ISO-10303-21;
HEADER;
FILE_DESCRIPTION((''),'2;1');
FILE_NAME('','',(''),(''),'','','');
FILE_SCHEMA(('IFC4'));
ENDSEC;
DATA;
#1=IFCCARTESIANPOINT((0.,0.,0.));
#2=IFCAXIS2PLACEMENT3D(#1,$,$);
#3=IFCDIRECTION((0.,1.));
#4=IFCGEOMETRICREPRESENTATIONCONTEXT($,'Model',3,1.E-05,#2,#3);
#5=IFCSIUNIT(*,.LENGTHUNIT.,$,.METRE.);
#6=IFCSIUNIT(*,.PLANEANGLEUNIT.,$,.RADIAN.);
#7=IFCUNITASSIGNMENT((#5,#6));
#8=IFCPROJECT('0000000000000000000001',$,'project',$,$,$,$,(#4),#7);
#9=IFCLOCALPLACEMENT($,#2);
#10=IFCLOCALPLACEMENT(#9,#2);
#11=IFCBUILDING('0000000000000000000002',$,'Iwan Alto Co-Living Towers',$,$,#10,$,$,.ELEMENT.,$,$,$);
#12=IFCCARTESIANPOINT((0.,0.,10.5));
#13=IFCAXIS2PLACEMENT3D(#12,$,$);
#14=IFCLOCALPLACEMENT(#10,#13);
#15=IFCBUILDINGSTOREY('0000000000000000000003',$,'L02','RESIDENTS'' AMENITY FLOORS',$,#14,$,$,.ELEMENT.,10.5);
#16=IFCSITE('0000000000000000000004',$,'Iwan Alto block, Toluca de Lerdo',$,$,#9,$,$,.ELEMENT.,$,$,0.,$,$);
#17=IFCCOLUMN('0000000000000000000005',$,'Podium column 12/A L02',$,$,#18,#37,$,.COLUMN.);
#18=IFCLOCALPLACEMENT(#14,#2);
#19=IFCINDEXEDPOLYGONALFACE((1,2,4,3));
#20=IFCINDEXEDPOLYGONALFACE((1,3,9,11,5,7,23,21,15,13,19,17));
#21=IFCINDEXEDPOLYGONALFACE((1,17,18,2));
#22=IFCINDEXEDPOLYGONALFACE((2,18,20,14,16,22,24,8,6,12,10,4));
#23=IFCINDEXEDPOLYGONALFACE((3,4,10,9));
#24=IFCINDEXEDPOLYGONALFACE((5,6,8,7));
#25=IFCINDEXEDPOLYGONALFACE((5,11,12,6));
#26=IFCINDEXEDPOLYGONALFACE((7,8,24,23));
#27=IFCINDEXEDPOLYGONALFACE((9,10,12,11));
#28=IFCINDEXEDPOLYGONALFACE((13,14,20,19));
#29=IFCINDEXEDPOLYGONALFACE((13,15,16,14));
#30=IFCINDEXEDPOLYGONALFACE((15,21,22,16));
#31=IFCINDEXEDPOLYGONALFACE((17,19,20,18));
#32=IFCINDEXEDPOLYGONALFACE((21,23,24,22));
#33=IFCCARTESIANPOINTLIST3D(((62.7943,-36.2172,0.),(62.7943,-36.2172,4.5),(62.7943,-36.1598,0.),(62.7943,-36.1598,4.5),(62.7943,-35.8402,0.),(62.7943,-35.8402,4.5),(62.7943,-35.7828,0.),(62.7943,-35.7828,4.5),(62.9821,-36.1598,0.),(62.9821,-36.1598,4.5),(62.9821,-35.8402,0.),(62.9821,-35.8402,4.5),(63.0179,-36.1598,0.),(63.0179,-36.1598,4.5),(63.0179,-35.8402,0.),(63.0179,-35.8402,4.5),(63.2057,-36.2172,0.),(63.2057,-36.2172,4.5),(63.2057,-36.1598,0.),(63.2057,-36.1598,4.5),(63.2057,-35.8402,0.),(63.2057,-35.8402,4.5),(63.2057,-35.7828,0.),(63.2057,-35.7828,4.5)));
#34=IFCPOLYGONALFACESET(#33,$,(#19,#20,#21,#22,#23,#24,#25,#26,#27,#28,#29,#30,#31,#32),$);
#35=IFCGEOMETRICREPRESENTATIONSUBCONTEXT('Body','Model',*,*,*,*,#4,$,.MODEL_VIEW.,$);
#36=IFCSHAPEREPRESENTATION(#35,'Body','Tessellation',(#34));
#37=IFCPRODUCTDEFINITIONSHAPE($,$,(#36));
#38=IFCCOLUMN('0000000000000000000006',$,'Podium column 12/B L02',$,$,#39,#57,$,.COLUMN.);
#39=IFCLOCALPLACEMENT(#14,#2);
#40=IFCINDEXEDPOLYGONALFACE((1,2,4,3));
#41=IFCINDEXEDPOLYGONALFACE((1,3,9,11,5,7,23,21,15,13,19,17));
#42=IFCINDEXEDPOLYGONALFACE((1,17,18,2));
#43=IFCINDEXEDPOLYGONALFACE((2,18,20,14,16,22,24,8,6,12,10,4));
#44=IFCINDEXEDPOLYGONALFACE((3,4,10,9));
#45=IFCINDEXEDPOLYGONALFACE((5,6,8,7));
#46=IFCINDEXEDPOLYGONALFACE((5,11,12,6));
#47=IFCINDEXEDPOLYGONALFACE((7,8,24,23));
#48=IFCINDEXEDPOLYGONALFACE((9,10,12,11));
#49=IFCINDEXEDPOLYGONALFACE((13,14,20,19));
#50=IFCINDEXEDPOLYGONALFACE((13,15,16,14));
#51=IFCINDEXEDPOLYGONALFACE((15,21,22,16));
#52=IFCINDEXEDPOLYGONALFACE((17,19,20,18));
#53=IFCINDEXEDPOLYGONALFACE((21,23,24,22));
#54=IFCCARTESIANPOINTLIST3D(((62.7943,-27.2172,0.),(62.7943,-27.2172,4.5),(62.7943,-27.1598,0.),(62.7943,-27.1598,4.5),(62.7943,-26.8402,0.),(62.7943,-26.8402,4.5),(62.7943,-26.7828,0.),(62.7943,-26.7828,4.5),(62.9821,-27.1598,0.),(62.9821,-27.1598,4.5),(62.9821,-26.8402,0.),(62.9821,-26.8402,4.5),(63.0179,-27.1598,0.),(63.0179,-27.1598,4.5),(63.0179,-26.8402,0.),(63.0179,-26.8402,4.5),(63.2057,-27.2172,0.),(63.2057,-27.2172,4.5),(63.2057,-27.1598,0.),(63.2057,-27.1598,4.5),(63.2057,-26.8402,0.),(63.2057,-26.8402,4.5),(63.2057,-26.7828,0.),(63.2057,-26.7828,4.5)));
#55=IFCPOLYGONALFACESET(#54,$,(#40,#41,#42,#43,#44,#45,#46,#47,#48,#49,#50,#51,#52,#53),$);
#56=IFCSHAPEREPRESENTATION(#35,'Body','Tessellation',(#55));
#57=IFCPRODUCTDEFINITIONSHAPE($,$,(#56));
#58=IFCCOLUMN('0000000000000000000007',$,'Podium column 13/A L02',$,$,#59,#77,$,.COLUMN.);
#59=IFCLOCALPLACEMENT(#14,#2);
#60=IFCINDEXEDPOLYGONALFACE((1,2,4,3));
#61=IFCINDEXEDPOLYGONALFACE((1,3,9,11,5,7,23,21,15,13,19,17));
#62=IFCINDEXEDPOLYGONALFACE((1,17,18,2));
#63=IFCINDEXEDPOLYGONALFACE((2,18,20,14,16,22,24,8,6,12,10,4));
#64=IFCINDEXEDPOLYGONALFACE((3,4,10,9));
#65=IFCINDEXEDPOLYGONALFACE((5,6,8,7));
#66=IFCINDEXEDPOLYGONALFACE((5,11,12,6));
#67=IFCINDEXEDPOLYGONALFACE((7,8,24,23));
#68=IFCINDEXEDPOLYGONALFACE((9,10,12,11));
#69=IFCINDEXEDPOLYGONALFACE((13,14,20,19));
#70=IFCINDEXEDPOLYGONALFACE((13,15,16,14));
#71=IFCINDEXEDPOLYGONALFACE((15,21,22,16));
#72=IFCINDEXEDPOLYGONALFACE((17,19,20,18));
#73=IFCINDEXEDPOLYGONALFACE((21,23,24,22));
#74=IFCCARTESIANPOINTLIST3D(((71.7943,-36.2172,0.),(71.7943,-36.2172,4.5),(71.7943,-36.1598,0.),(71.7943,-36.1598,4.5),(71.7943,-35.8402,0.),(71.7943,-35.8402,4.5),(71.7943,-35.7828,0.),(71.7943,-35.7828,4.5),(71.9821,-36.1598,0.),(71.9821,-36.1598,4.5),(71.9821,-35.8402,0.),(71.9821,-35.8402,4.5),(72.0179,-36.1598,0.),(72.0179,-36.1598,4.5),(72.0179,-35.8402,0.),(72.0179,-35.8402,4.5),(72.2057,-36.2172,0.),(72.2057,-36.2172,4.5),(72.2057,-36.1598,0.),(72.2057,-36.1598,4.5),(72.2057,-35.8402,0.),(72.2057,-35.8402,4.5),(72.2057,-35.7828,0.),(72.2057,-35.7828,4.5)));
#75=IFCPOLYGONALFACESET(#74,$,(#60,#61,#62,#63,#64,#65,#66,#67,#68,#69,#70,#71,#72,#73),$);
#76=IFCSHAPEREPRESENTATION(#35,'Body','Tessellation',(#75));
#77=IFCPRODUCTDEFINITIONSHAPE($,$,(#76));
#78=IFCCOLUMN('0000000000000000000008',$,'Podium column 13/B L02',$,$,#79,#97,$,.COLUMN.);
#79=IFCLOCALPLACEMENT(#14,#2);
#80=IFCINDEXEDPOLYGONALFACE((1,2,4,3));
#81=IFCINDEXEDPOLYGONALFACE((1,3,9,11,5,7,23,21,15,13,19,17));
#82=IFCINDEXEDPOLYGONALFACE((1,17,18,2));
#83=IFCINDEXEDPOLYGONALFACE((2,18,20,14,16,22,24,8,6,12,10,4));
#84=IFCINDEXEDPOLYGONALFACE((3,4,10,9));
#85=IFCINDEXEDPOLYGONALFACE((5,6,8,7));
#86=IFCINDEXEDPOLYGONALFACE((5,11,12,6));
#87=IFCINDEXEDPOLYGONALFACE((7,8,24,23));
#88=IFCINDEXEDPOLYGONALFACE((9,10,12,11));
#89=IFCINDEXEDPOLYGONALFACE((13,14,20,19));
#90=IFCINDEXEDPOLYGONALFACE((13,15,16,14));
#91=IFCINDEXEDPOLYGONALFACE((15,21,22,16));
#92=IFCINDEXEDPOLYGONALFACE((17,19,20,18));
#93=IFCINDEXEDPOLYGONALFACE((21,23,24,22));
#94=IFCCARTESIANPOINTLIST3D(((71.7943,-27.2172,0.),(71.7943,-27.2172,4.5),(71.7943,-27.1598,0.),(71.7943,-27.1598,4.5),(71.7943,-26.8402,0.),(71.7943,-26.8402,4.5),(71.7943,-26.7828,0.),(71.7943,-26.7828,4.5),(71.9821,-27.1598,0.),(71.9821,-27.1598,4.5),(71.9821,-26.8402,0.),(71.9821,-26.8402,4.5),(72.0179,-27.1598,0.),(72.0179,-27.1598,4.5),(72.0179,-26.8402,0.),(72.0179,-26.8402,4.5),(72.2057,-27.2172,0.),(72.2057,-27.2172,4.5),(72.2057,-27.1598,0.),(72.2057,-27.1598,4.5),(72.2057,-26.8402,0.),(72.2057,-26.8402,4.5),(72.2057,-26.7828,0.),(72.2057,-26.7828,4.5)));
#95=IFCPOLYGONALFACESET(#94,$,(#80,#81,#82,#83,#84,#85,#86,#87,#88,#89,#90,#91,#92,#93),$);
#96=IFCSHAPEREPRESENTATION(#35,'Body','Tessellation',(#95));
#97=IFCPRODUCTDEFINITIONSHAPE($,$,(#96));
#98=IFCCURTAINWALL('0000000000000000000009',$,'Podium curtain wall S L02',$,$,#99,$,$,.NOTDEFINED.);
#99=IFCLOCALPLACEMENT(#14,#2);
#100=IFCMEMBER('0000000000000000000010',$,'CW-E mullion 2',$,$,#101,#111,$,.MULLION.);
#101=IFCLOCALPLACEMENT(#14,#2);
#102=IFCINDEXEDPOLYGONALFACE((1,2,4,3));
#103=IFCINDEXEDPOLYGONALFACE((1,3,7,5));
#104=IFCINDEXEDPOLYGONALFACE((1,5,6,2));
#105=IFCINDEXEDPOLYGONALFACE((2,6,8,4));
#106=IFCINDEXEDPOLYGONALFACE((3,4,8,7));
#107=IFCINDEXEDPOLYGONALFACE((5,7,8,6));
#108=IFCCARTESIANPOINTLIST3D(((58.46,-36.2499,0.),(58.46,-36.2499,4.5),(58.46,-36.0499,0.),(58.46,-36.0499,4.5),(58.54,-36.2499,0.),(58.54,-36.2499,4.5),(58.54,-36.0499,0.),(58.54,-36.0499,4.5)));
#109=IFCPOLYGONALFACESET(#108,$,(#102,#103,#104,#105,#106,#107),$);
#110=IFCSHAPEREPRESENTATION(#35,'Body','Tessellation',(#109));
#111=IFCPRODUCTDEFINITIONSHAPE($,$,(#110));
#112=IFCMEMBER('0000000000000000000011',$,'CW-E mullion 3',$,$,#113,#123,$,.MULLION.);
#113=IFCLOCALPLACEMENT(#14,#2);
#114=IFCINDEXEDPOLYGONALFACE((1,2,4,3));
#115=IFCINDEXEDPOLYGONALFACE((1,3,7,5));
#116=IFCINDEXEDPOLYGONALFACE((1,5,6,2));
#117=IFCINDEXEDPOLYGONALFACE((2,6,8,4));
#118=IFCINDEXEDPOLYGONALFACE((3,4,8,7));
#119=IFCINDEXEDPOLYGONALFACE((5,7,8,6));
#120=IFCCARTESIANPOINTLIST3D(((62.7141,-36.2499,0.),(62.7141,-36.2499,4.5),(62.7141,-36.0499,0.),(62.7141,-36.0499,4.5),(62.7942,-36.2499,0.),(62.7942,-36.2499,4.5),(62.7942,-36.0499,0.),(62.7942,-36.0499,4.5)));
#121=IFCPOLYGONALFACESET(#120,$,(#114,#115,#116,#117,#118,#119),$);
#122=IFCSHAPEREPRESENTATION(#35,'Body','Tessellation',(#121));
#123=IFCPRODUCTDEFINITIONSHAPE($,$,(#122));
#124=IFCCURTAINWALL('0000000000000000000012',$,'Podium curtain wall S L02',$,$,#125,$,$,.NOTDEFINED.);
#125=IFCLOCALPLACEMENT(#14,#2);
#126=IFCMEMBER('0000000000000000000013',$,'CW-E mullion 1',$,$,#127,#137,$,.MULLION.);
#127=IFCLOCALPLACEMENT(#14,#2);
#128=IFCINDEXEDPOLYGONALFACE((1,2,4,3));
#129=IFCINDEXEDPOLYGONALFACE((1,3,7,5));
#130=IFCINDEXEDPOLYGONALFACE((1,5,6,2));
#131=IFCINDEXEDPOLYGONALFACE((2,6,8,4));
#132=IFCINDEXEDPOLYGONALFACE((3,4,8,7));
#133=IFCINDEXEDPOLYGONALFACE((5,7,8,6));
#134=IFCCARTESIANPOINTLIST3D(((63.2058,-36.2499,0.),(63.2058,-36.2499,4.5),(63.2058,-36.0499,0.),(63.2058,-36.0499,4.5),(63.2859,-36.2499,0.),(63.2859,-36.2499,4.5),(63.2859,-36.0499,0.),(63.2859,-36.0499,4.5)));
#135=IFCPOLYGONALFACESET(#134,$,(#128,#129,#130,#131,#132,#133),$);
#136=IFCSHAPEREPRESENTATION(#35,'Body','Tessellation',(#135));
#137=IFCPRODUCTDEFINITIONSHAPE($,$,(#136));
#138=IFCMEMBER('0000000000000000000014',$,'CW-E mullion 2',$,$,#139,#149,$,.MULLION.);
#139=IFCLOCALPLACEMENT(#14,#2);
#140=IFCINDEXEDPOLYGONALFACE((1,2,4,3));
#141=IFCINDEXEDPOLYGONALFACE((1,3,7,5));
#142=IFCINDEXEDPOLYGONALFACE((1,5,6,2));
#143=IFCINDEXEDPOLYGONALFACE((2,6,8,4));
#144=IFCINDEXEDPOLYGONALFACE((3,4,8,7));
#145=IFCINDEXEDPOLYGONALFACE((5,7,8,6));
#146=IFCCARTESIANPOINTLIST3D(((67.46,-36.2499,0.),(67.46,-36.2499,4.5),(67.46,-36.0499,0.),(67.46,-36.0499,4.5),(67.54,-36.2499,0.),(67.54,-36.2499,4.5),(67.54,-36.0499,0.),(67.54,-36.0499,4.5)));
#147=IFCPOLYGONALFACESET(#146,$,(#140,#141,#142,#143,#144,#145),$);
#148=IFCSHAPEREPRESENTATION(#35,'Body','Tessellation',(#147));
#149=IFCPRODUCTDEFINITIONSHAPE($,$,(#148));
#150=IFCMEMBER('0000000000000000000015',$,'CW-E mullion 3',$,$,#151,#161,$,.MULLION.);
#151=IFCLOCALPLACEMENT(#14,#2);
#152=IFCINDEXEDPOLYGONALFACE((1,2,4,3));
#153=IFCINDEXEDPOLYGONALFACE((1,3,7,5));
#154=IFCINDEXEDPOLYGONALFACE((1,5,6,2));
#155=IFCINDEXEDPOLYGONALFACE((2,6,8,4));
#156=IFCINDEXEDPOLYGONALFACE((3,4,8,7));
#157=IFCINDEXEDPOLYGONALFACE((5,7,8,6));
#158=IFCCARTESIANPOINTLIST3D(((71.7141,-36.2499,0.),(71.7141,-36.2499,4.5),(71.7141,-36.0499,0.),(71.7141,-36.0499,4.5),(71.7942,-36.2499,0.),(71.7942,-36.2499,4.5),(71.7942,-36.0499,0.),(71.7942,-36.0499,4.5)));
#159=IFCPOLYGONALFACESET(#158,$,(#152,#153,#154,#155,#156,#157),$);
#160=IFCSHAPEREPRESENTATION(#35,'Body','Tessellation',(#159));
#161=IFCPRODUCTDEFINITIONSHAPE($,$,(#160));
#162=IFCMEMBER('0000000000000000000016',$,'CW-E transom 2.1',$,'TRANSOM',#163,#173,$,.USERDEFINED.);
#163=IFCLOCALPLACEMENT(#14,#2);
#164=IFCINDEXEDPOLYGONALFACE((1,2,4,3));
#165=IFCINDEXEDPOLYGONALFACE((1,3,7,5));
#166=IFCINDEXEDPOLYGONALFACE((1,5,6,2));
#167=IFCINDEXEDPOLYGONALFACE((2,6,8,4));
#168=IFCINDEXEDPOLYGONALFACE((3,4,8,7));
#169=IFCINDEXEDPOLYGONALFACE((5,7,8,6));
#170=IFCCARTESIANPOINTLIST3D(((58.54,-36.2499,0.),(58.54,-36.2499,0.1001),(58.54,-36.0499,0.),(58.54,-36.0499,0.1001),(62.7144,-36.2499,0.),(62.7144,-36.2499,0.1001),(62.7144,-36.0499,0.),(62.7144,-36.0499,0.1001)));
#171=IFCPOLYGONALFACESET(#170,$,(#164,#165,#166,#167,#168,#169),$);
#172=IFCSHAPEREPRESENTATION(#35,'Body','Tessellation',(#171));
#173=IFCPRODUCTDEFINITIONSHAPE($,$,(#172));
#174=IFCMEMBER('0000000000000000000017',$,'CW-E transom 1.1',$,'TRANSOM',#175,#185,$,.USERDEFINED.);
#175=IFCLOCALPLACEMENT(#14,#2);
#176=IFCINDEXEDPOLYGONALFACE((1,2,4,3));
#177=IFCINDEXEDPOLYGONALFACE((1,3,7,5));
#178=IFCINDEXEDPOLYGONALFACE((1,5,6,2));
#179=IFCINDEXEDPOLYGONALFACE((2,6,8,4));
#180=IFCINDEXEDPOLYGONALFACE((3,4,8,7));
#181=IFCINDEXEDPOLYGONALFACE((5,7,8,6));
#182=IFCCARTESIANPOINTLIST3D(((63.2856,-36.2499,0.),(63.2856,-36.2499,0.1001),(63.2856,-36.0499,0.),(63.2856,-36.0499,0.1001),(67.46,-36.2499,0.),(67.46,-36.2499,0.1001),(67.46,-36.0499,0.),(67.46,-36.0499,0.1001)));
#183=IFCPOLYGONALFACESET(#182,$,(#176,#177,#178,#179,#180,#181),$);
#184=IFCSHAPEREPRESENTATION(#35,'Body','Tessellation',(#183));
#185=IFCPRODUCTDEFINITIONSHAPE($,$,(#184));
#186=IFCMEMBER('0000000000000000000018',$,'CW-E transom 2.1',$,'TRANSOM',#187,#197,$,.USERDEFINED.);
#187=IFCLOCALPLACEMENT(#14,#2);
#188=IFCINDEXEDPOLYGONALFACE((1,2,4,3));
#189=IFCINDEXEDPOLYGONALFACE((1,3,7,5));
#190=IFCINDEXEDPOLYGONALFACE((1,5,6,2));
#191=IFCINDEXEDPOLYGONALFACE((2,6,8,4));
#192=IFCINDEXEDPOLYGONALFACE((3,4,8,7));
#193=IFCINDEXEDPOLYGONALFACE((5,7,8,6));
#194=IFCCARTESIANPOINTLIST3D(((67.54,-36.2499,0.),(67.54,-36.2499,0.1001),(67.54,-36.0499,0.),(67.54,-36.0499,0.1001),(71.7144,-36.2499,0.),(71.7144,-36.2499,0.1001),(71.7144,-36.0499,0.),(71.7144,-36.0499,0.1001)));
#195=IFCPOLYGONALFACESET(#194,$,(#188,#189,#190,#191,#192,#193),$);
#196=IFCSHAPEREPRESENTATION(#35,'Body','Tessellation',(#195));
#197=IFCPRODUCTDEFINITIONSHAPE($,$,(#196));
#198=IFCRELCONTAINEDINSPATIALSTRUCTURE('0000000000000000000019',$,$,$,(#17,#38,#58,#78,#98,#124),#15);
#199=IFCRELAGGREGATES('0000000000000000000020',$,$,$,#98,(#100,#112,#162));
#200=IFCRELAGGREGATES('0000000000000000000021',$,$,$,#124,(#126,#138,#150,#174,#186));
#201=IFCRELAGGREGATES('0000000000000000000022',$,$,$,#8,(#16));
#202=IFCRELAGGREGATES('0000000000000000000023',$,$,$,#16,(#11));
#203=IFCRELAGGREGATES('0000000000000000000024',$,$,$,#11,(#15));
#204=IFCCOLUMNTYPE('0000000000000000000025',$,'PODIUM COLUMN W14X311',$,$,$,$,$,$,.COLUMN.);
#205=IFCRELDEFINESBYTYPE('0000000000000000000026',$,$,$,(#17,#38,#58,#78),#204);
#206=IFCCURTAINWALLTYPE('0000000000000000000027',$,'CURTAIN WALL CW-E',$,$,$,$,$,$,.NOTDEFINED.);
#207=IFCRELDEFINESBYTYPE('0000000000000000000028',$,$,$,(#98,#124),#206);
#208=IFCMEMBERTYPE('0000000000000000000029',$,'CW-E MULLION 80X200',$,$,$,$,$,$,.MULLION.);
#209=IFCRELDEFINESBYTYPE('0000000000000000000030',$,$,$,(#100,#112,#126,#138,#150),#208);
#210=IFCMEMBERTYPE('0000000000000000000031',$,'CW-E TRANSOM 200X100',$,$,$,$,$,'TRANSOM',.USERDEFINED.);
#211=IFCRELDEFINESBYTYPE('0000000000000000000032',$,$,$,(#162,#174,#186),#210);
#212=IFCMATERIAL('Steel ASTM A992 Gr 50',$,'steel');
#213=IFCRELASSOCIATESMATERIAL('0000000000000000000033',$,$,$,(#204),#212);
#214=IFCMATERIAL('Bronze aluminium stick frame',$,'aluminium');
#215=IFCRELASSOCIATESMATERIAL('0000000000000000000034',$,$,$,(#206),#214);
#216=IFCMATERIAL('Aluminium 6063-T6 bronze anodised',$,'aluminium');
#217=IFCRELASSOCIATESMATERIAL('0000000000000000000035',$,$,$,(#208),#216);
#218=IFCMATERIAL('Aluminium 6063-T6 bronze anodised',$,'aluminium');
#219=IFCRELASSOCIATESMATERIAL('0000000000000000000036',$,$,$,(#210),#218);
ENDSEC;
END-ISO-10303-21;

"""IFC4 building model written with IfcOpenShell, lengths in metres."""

from ifc_helpers import new_model, si_unit, direction, frame, origin, origin_2d, place, context, subcontext, project, spatial, rectangle, i_section, extrude, material, material_profile, profile_set, type_object, element, aggregate, save


model = new_model("IFC4")

# Units and contexts
model_context = context("Model", 3, precision=1e-05, world=origin(), true_north=direction((0.0, 1.0)))
body_context = subcontext(model_context, "Body", "Model", "MODEL_VIEW")
ifc_project = project(units=[si_unit("LENGTHUNIT", "METRE"), si_unit("PLANEANGLEUNIT", "RADIAN")], contexts=[model_context])

# Site, building, storey
site_placement = place(None, origin())
site = spatial("IfcSite", under=ifc_project, at=site_placement, Name="Iwan Alto block, Toluca de Lerdo", CompositionType="ELEMENT", RefElevation=0.0)
building_placement = place(site_placement, origin())
building = spatial("IfcBuilding", under=site, at=building_placement, Name="Iwan Alto Co-Living Towers", CompositionType="ELEMENT")
storey_placement = place(building_placement, frame((0.0, 0.0, 10.5)))
storey = spatial("IfcBuildingStorey", under=building, at=storey_placement, Name="L02", Description="RESIDENTS' AMENITY FLOORS", CompositionType="ELEMENT", Elevation=10.5)

# Columns
ifc_material_1 = material(Name="Steel ASTM A992 Gr 50", Category="steel")
ifc_material_profile_1 = material_profile(ifc_material_1, i_section(OverallWidth=0.4114, OverallDepth=0.4343, WebThickness=0.0359, FlangeThickness=0.0574, at=origin_2d()), Name="W14X311")
ifc_profile_set_1 = profile_set([ifc_material_profile_1], Name="Steel ASTM A992 Gr 50")
column_type = type_object("IfcColumnType", Name="PODIUM COLUMN W14X311", PredefinedType="COLUMN", material=ifc_profile_set_1)
for number, where, z_axis, x_axis, name in (
    (1, (63.0, -36.0, 0.0), (0.0, 0.0, 1.0), (1.0, 0.0, 0.0), "Podium column 12/A L02"),
    (2, (63.0, -27.0, 0.0), (0.0, 0.0, 1.0), (1.0, 0.0, 0.0), "Podium column 12/B L02"),
    (3, (72.0, -36.0, 0.0), (0.0, 0.0, 1.0), (1.0, 0.0, 0.0), "Podium column 13/A L02"),
    (4, (72.0, -27.0, 0.0), (0.0, 0.0, 1.0), (1.0, 0.0, 0.0), "Podium column 13/B L02"),
):
    element("IfcColumn", number, at=place(storey_placement, frame(where, z_axis=z_axis, x_axis=x_axis)), inside=storey, type_object=column_type, Name=name, PredefinedType="COLUMN", context=body_context, shape_type="SweptSolid", body=[
        extrude(i_section(OverallWidth=0.4114, OverallDepth=0.4343, WebThickness=0.0359, FlangeThickness=0.0574, at=origin_2d()), origin(), (0.0, 0.0, 1.0), 4.5),
    ])

# Curtain walls, members
ifc_material_2 = material(Name="Bronze aluminium stick frame", Category="aluminium")
curtain_wall_type = type_object("IfcCurtainWallType", Name="CURTAIN WALL CW-E", PredefinedType="NOTDEFINED", material=ifc_material_2)
curtain_wall_1_placement = place(storey_placement, origin())
curtain_wall_1 = element("IfcCurtainWall", 5, at=curtain_wall_1_placement, inside=storey, type_object=curtain_wall_type, Name="Podium curtain wall S L02", PredefinedType="NOTDEFINED")
ifc_material_3 = material(Name="Aluminium 6063-T6 bronze anodised", Category="aluminium")
ifc_material_profile_2 = material_profile(ifc_material_3, rectangle(XDim=0.2, YDim=0.0801, at=origin_2d()), Name="AL 80X200")
ifc_profile_set_2 = profile_set([ifc_material_profile_2], Name="Aluminium 6063-T6 bronze anodised")
member_type_1 = type_object("IfcMemberType", Name="CW-E MULLION 80X200", PredefinedType="MULLION", material=ifc_profile_set_2)
member_1_placement = place(storey_placement, frame((58.5, -36.1499, 0.0), z_axis=(0.0, 0.0, 1.0), x_axis=(0.0, 1.0, 0.0)))
member_1 = element("IfcMember", 6, at=member_1_placement, type_object=member_type_1, Name="CW-E mullion 2", PredefinedType="MULLION", context=body_context, shape_type="SweptSolid", body=[
    extrude(rectangle(XDim=0.2, YDim=0.0801, at=origin_2d()), origin(), (0.0, 0.0, 1.0), 4.5),
])
member_2_placement = place(storey_placement, frame((62.7542, -36.1499, 0.0), z_axis=(0.0, 0.0, 1.0), x_axis=(0.0, 1.0, 0.0)))
member_2 = element("IfcMember", 7, at=member_2_placement, type_object=member_type_1, Name="CW-E mullion 3", PredefinedType="MULLION", context=body_context, shape_type="SweptSolid", body=[
    extrude(rectangle(XDim=0.2, YDim=0.0801, at=origin_2d()), origin(), (0.0, 0.0, 1.0), 4.5),
])
curtain_wall_2_placement = place(storey_placement, origin())
curtain_wall_2 = element("IfcCurtainWall", 8, at=curtain_wall_2_placement, inside=storey, type_object=curtain_wall_type, Name="Podium curtain wall S L02", PredefinedType="NOTDEFINED")
member_3_placement = place(storey_placement, frame((63.2458, -36.1499, 0.0), z_axis=(0.0, 0.0, 1.0), x_axis=(0.0, 1.0, 0.0)))
member_3 = element("IfcMember", 9, at=member_3_placement, type_object=member_type_1, Name="CW-E mullion 1", PredefinedType="MULLION", context=body_context, shape_type="SweptSolid", body=[
    extrude(rectangle(XDim=0.2, YDim=0.0801, at=origin_2d()), origin(), (0.0, 0.0, 1.0), 4.5),
])
member_4_placement = place(storey_placement, frame((67.5, -36.1499, 0.0), z_axis=(0.0, 0.0, 1.0), x_axis=(0.0, 1.0, 0.0)))
member_4 = element("IfcMember", 10, at=member_4_placement, type_object=member_type_1, Name="CW-E mullion 2", PredefinedType="MULLION", context=body_context, shape_type="SweptSolid", body=[
    extrude(rectangle(XDim=0.2, YDim=0.0801, at=origin_2d()), origin(), (0.0, 0.0, 1.0), 4.5),
])
member_5_placement = place(storey_placement, frame((71.7542, -36.1499, 0.0), z_axis=(0.0, 0.0, 1.0), x_axis=(0.0, 1.0, 0.0)))
member_5 = element("IfcMember", 11, at=member_5_placement, type_object=member_type_1, Name="CW-E mullion 3", PredefinedType="MULLION", context=body_context, shape_type="SweptSolid", body=[
    extrude(rectangle(XDim=0.2, YDim=0.0801, at=origin_2d()), origin(), (0.0, 0.0, 1.0), 4.5),
])

# Members
ifc_material_4 = material(Name="Aluminium 6063-T6 bronze anodised", Category="aluminium")
ifc_material_profile_3 = material_profile(ifc_material_4, rectangle(XDim=0.2, YDim=0.1001, at=origin_2d()), Name="AL 200X100")
ifc_profile_set_3 = profile_set([ifc_material_profile_3], Name="Aluminium 6063-T6 bronze anodised")
member_type_2 = type_object("IfcMemberType", Name="CW-E TRANSOM 200X100", ElementType="TRANSOM", PredefinedType="USERDEFINED", material=ifc_profile_set_3)
member_6_placement = place(storey_placement, frame((58.54, -36.1499, 0.05), z_axis=(1.0, 0.0, 0.0), x_axis=(0.0, 1.0, 0.0)))
member_6 = element("IfcMember", 12, at=member_6_placement, type_object=member_type_2, Name="CW-E transom 2.1", ObjectType="TRANSOM", PredefinedType="USERDEFINED", context=body_context, shape_type="SweptSolid", body=[
    extrude(rectangle(XDim=0.2, YDim=0.1001, at=origin_2d()), origin(), (0.0, 0.0, 1.0), 4.1743),
])
member_7_placement = place(storey_placement, frame((63.2856, -36.1499, 0.05), z_axis=(1.0, 0.0, 0.0), x_axis=(0.0, 1.0, 0.0)))
member_7 = element("IfcMember", 13, at=member_7_placement, type_object=member_type_2, Name="CW-E transom 1.1", ObjectType="TRANSOM", PredefinedType="USERDEFINED", context=body_context, shape_type="SweptSolid", body=[
    extrude(rectangle(XDim=0.2, YDim=0.1001, at=origin_2d()), origin(), (0.0, 0.0, 1.0), 4.1743),
])
member_8_placement = place(storey_placement, frame((67.54, -36.1499, 0.05), z_axis=(1.0, 0.0, 0.0), x_axis=(0.0, 1.0, 0.0)))
member_8 = element("IfcMember", 14, at=member_8_placement, type_object=member_type_2, Name="CW-E transom 2.1", ObjectType="TRANSOM", PredefinedType="USERDEFINED", context=body_context, shape_type="SweptSolid", body=[
    extrude(rectangle(XDim=0.2, YDim=0.1001, at=origin_2d()), origin(), (0.0, 0.0, 1.0), 4.1743),
])

aggregate(curtain_wall_1, [member_1, member_2, member_6])
aggregate(curtain_wall_2, [member_3, member_4, member_5, member_7, member_8])

save(model, "model.ifc")
